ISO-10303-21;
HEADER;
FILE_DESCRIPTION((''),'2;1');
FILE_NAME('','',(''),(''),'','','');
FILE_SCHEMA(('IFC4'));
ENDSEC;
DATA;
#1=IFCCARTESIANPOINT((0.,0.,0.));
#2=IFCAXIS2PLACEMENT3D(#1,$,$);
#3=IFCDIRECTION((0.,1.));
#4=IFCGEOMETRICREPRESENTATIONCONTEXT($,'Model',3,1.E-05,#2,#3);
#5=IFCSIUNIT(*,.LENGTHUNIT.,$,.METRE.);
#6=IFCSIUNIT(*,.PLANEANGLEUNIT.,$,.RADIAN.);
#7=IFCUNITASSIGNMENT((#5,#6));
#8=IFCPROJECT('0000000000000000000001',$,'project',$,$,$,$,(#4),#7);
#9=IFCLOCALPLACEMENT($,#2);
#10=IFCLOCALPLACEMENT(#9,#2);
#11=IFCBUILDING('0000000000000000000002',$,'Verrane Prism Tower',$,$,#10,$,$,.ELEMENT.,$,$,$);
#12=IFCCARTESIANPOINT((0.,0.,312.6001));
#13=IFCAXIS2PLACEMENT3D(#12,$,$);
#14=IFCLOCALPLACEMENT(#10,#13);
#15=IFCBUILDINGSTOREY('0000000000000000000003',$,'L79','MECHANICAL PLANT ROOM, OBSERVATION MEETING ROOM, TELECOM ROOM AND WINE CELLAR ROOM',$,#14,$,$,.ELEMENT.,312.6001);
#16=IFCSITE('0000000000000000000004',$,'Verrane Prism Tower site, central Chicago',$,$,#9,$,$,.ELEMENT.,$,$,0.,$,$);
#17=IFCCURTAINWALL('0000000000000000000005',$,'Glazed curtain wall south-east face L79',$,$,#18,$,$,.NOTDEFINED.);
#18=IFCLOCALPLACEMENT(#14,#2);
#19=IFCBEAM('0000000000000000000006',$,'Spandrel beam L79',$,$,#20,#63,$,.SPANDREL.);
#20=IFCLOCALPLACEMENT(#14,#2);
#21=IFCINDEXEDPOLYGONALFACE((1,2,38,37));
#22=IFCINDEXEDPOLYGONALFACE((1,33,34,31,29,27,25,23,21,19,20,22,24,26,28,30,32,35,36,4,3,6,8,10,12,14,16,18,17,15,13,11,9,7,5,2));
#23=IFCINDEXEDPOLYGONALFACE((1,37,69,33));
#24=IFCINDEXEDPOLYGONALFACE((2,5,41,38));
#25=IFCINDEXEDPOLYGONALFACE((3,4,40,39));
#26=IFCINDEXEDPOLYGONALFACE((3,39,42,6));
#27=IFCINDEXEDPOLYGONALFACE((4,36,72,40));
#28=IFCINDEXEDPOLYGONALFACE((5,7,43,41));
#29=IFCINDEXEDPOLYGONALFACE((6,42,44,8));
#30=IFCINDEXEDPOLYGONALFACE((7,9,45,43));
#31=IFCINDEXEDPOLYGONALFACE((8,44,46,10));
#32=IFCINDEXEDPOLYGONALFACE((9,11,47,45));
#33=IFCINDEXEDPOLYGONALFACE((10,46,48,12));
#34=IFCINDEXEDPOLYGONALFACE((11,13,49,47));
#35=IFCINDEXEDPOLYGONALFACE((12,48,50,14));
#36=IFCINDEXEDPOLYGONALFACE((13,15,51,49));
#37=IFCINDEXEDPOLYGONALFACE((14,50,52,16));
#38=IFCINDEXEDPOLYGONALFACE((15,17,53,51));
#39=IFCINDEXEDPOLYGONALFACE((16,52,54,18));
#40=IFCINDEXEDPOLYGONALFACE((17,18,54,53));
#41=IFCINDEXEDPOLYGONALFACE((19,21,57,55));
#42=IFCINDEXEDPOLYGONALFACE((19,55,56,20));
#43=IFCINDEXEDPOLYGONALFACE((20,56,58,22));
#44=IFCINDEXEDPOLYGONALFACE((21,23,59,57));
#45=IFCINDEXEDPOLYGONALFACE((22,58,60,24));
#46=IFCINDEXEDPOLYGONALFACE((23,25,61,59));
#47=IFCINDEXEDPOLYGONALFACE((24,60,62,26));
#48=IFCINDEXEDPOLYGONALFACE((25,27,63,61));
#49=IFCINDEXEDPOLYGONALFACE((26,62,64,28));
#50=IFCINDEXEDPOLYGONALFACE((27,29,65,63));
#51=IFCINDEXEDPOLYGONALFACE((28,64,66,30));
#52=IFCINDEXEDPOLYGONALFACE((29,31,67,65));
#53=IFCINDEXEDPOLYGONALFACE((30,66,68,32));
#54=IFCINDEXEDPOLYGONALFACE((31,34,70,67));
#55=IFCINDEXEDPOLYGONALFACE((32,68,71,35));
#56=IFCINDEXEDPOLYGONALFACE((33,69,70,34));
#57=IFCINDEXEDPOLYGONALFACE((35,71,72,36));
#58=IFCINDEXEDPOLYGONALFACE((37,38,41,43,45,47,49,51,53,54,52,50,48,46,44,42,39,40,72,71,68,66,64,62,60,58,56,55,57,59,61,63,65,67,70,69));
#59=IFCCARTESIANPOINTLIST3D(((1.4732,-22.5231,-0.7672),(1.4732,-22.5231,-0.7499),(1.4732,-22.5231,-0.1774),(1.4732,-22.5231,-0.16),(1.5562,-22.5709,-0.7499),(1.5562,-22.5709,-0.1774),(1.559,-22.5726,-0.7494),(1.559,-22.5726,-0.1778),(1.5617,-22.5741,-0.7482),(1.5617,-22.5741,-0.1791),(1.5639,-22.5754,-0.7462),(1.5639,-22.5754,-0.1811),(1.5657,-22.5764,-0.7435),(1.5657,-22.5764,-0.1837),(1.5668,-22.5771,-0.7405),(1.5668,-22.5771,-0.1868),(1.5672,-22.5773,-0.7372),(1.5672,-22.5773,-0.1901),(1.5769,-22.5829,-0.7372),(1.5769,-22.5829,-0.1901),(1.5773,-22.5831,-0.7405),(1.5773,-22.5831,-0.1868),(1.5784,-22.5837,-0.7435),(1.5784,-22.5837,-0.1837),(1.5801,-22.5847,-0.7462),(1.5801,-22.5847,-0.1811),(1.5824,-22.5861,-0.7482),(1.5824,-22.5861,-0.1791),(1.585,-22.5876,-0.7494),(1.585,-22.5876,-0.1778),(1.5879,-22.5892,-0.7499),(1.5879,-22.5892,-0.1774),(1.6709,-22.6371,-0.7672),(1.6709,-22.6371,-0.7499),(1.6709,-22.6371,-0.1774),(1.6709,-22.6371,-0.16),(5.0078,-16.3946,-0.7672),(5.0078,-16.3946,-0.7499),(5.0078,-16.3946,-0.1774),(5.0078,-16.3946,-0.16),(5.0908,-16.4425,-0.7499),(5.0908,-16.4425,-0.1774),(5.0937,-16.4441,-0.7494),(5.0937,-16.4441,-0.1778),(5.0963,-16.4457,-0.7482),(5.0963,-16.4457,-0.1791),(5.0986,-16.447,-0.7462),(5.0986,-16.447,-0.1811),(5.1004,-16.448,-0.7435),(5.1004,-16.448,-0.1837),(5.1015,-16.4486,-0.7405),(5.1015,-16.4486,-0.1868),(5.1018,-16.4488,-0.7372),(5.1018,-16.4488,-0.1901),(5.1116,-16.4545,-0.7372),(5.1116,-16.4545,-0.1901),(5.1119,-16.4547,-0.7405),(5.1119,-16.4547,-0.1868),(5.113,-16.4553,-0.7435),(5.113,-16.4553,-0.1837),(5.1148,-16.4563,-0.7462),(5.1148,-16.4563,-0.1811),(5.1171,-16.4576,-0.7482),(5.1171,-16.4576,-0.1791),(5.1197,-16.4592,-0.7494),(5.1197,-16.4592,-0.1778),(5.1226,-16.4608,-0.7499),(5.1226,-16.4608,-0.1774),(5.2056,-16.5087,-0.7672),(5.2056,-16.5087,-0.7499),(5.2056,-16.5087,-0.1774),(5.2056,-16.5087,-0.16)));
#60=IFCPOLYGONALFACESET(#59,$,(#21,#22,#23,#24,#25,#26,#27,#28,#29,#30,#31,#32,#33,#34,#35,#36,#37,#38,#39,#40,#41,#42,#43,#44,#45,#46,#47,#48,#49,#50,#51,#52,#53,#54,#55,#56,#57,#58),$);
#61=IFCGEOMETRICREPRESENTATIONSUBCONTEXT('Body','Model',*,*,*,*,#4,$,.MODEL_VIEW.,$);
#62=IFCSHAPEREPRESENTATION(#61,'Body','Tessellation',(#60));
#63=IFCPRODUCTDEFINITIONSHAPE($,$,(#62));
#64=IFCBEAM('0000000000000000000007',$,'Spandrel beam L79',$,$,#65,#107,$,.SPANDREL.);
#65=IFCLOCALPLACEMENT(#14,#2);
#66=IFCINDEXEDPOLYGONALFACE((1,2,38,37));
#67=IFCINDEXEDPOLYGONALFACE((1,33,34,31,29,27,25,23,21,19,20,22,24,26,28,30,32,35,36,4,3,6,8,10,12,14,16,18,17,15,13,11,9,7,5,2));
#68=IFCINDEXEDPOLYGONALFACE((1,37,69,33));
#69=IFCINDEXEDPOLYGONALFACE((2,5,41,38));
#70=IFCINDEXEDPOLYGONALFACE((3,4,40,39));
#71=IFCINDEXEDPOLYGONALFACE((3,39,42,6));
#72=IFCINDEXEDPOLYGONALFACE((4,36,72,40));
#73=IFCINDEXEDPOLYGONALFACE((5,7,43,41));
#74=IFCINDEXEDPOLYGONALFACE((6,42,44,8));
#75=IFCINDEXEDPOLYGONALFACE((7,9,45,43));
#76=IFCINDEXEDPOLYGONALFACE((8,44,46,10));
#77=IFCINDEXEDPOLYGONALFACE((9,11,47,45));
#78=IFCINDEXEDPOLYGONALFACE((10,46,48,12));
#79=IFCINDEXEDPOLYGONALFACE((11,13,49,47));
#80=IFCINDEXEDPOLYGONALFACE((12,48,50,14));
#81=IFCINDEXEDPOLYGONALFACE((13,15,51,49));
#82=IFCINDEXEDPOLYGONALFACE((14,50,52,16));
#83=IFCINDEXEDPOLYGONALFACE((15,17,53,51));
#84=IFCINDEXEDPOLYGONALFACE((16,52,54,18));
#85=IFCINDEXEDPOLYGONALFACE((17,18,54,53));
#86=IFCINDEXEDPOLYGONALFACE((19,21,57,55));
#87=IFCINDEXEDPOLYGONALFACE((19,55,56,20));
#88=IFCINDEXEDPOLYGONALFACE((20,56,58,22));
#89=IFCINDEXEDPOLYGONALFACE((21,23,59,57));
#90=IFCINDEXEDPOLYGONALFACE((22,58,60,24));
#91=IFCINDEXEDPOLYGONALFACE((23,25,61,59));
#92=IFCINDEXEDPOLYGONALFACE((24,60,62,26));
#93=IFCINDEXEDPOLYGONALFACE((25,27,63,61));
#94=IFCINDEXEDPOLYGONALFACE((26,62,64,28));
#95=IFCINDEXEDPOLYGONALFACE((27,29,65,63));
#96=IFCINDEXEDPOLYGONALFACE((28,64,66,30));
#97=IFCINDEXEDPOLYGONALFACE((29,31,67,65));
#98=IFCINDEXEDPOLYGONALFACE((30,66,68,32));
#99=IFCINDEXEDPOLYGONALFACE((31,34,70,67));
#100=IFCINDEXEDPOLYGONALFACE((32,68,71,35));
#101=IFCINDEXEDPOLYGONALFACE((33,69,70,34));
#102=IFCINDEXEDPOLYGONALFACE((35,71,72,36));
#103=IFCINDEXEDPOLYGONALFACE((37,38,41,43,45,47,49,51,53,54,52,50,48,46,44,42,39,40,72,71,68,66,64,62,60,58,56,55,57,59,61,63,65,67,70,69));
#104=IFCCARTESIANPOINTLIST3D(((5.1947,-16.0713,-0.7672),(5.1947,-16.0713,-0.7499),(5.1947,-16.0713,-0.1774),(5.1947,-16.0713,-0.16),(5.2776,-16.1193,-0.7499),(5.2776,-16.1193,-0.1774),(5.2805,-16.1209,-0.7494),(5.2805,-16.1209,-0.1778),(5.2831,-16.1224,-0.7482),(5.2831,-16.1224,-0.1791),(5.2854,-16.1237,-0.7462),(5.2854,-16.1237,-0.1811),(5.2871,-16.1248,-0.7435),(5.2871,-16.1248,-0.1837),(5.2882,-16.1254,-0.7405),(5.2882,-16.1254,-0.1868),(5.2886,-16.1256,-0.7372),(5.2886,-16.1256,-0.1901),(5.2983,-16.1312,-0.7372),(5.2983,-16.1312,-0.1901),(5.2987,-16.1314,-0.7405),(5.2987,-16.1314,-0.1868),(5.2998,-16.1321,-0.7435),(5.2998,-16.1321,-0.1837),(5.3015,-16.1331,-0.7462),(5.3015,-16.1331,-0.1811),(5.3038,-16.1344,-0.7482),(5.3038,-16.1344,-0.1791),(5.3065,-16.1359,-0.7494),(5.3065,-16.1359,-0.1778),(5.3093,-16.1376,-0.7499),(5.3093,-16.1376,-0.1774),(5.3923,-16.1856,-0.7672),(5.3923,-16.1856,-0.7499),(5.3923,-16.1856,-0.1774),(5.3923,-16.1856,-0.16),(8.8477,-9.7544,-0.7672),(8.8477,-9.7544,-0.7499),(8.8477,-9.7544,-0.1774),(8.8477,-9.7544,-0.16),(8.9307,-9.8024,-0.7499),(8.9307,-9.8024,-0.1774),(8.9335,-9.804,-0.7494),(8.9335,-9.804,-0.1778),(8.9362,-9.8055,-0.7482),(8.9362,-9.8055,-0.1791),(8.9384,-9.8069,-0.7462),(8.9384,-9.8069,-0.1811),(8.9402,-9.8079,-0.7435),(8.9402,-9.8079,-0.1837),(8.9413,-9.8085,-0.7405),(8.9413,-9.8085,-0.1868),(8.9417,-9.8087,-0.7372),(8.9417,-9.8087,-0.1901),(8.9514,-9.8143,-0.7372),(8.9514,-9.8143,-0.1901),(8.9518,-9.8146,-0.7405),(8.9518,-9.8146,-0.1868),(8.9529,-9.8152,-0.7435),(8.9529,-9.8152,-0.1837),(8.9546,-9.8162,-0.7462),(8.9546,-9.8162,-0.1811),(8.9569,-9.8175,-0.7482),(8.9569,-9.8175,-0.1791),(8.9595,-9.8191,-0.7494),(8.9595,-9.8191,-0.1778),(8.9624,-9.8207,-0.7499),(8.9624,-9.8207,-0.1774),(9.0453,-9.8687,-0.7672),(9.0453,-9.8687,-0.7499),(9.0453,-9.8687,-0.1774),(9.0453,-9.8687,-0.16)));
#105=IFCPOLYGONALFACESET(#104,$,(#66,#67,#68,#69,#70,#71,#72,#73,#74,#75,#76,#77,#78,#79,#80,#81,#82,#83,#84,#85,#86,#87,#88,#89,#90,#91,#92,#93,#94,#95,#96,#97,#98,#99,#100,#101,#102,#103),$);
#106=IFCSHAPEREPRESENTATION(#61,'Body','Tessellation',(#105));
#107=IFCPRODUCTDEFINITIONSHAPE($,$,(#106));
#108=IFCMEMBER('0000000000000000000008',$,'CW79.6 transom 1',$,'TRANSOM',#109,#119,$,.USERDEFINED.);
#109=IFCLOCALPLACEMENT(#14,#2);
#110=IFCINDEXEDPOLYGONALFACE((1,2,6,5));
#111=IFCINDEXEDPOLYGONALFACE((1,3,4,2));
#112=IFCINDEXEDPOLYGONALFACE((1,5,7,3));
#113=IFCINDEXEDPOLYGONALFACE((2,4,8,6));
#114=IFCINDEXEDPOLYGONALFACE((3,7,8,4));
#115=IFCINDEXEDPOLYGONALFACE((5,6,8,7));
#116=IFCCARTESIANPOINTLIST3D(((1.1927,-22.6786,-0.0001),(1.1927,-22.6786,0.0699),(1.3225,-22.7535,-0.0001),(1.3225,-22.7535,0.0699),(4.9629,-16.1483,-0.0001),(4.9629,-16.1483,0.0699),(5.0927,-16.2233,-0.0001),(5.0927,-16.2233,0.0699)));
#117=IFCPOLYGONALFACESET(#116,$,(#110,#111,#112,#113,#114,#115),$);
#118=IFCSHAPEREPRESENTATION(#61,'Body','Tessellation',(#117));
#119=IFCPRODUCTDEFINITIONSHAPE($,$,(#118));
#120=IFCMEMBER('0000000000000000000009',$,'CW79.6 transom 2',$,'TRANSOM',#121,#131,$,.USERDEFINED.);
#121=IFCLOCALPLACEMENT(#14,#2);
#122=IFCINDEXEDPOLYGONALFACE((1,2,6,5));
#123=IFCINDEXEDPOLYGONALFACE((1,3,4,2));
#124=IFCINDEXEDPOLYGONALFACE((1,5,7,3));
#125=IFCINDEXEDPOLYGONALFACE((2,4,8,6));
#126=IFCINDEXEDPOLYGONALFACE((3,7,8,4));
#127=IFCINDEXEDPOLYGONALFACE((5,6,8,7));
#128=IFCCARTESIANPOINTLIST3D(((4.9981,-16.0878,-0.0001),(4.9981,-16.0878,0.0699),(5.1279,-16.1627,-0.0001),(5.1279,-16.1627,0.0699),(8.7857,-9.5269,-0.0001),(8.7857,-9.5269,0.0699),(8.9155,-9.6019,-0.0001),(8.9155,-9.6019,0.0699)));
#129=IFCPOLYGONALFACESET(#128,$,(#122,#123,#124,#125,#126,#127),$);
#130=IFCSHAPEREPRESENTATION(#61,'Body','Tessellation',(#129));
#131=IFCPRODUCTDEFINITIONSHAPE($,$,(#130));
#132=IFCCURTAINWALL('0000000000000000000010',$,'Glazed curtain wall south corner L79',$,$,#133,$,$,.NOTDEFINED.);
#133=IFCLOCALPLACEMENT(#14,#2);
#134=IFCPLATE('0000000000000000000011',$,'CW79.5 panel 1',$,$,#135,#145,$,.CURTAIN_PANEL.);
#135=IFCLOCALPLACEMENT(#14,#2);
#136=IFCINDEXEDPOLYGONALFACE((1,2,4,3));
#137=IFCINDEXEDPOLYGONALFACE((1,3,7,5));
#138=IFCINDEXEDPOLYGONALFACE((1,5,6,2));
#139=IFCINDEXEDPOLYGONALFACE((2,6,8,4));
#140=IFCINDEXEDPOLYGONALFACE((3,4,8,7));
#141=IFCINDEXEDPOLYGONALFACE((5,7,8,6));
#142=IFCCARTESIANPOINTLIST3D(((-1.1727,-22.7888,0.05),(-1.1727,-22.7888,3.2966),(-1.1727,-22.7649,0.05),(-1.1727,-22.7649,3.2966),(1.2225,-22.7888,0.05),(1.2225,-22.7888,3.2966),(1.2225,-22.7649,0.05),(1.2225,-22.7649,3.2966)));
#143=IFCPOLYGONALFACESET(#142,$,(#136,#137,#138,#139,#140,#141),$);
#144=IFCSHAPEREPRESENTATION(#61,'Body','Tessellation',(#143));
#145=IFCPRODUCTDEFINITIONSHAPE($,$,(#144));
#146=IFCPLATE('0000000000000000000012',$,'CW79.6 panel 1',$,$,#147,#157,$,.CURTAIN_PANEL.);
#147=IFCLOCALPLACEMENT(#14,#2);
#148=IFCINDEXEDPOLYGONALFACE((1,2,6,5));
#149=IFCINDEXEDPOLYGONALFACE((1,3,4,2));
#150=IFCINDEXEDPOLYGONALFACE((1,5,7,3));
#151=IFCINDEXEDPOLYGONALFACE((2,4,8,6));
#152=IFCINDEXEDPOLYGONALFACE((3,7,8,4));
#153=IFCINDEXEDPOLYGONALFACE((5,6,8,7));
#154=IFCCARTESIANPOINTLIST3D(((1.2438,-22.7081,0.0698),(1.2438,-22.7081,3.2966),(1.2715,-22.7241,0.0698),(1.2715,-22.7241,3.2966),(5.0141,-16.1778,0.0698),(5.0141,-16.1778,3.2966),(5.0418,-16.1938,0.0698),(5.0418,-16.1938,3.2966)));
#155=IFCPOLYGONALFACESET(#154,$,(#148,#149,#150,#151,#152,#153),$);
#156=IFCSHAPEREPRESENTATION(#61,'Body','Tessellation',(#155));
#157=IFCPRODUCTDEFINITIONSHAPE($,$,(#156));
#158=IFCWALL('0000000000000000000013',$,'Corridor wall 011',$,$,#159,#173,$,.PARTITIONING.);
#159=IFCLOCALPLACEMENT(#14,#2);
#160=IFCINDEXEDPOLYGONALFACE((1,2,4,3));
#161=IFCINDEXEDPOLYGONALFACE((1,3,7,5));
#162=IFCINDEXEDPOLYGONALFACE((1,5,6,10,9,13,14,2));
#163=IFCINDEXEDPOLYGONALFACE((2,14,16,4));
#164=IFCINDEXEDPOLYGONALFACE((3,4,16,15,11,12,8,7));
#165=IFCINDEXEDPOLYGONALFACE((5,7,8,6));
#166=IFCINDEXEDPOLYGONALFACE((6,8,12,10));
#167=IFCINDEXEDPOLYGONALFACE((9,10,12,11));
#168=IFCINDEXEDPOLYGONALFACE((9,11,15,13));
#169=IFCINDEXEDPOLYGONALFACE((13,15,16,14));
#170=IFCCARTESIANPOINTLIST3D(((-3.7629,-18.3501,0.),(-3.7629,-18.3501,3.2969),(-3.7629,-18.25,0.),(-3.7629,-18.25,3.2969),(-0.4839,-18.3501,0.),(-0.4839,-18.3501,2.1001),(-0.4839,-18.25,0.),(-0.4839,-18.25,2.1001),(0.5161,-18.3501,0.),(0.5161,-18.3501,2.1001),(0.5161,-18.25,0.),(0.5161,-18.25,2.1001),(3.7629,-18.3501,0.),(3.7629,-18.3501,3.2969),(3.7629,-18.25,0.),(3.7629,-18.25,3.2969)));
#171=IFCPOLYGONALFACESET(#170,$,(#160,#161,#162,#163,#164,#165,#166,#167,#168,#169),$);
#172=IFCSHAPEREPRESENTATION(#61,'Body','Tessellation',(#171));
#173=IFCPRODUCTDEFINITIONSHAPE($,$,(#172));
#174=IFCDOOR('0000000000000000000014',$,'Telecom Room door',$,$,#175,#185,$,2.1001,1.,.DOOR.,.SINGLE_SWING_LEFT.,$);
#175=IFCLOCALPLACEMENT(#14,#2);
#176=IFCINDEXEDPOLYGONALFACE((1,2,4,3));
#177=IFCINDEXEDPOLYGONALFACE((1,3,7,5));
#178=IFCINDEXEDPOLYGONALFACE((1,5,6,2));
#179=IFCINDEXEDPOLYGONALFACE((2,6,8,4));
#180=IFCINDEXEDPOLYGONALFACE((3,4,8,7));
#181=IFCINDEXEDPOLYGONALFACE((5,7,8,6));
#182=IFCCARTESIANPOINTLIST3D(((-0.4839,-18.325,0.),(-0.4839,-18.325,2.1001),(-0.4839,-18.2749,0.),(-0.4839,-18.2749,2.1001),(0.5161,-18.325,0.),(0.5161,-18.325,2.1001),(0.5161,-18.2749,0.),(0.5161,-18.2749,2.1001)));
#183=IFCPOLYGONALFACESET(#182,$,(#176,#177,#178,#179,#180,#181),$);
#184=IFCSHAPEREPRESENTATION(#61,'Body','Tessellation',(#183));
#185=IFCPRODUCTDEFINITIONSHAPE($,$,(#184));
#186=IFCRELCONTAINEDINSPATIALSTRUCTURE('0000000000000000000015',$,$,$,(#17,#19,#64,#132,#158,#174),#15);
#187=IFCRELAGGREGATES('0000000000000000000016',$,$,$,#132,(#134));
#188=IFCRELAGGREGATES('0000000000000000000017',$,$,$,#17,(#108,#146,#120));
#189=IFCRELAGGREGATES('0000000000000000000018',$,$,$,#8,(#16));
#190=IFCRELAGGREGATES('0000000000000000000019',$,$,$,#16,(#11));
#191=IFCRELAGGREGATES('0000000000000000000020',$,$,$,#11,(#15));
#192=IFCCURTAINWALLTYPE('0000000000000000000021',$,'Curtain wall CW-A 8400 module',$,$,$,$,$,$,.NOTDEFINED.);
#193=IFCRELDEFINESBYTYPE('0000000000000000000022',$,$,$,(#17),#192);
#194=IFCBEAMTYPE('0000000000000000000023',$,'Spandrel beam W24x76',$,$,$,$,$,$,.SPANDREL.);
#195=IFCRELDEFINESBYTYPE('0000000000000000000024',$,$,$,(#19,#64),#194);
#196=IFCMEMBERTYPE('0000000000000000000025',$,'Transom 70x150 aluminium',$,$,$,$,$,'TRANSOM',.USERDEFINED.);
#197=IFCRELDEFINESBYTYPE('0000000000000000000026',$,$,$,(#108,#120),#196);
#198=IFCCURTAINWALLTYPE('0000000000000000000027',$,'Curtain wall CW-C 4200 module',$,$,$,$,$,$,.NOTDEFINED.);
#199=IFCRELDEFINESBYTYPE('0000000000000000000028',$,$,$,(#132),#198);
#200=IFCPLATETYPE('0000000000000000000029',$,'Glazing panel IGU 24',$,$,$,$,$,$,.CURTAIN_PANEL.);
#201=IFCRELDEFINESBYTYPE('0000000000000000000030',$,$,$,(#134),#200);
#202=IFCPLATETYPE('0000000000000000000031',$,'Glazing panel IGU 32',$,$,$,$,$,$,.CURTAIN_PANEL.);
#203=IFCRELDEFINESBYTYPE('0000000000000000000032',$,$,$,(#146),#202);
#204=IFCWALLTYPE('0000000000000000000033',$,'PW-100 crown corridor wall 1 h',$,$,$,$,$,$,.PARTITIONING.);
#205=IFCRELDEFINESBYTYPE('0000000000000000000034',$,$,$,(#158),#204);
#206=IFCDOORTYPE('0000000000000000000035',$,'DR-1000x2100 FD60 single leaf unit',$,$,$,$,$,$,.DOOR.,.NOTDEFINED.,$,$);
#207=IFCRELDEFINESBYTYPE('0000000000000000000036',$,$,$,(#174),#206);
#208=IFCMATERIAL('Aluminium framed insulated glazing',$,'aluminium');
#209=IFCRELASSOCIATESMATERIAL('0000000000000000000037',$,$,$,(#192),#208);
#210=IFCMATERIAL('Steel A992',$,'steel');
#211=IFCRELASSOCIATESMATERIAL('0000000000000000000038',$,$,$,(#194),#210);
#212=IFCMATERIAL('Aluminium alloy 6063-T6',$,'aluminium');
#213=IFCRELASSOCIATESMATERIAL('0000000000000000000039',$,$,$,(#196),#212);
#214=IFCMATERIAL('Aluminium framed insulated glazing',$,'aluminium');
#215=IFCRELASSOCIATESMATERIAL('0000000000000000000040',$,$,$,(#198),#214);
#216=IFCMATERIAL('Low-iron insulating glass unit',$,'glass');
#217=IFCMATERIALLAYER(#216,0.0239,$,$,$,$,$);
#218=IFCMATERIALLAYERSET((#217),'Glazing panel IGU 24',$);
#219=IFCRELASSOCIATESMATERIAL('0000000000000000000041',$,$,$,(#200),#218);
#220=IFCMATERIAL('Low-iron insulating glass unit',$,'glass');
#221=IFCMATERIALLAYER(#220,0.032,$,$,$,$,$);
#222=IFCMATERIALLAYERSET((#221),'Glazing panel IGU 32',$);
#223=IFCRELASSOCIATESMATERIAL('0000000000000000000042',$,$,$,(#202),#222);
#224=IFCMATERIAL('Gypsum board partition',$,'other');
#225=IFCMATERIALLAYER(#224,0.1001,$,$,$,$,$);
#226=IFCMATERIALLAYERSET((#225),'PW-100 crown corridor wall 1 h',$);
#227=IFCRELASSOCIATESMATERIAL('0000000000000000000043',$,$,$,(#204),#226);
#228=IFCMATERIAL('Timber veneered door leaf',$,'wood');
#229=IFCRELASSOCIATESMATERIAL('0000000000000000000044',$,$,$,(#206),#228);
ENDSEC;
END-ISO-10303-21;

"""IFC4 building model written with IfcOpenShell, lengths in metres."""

from ifc_helpers import new_model, si_unit, direction, frame, frame_2d, origin, origin_2d, place, context, subcontext, project, spatial, rectangle, i_section, extrude, material, layer, layer_set, material_profile, profile_set, type_object, element, fill, aggregate, save


model = new_model("IFC4")

# Units and contexts
model_context = context("Model", 3, precision=1e-05, world=origin(), true_north=direction((0.0, 1.0)))
body_context = subcontext(model_context, "Body", "Model", "MODEL_VIEW")
ifc_project = project(units=[si_unit("LENGTHUNIT", "METRE"), si_unit("PLANEANGLEUNIT", "RADIAN")], contexts=[model_context])

# Site, building, storey
site_placement = place(None, origin())
site = spatial("IfcSite", under=ifc_project, at=site_placement, Name="Verrane Prism Tower site, central Chicago", CompositionType="ELEMENT", RefElevation=0.0)
building_placement = place(site_placement, origin())
building = spatial("IfcBuilding", under=site, at=building_placement, Name="Verrane Prism Tower", CompositionType="ELEMENT")
storey_placement = place(building_placement, frame((0.0, 0.0, 312.6001)))
storey = spatial("IfcBuildingStorey", under=building, at=storey_placement, Name="L79", Description="MECHANICAL PLANT ROOM, OBSERVATION MEETING ROOM, TELECOM ROOM AND WINE CELLAR ROOM", CompositionType="ELEMENT", Elevation=312.6001)

# Curtain wall
ifc_material_1 = material(Name="Aluminium framed insulated glazing", Category="aluminium")
curtain_wall_type_1 = type_object("IfcCurtainWallType", Name="Curtain wall CW-A 8400 module", PredefinedType="NOTDEFINED", material=ifc_material_1)
curtain_wall_1_placement = place(storey_placement, origin())
curtain_wall_1 = element("IfcCurtainWall", 1, at=curtain_wall_1_placement, inside=storey, type_object=curtain_wall_type_1, Name="Glazed curtain wall south-east face L79", PredefinedType="NOTDEFINED")

# Beams
ifc_material_2 = material(Name="Steel A992", Category="steel")
ifc_material_profile_1 = material_profile(ifc_material_2, i_section(OverallWidth=0.2283, OverallDepth=0.6072, WebThickness=0.0112, FlangeThickness=0.0173, FilletRadius=0.0127, at=origin_2d()), Name="W24x76")
ifc_profile_set_1 = profile_set([ifc_material_profile_1], Name="Steel A992")
beam_type_1 = type_object("IfcBeamType", Name="Spandrel beam W24x76", PredefinedType="SPANDREL", material=ifc_profile_set_1)
beam_1_placement = place(storey_placement, frame((1.572, -22.5801, -0.4636), z_axis=(0.499621, 0.866244, 0.0), x_axis=(-0.866244, 0.499621, 0.0)))
element("IfcBeam", 2, at=beam_1_placement, inside=storey, type_object=beam_type_1, Name="Spandrel beam L79", PredefinedType="SPANDREL", context=body_context, shape_type="SweptSolid", body=[
    extrude(i_section(OverallWidth=0.2283, OverallDepth=0.6072, WebThickness=0.0112, FlangeThickness=0.0173, FilletRadius=0.0127, at=origin_2d()), origin(), (0.0, 0.0, 1.0), 7.0747),
])
beam_2_placement = place(storey_placement, frame((5.2935, -16.1284, -0.4636), z_axis=(0.500618, 0.865668, 0.0), x_axis=(-0.865668, 0.500618, 0.0)))
element("IfcBeam", 3, at=beam_2_placement, inside=storey, type_object=beam_type_1, Name="Spandrel beam L79", PredefinedType="SPANDREL", context=body_context, shape_type="SweptSolid", body=[
    extrude(i_section(OverallWidth=0.2283, OverallDepth=0.6072, WebThickness=0.0112, FlangeThickness=0.0173, FilletRadius=0.0127, at=origin_2d()), origin(), (0.0, 0.0, 1.0), 7.2971),
])

# Members
ifc_material_3 = material(Name="Aluminium alloy 6063-T6", Category="aluminium")
ifc_material_profile_2 = material_profile(ifc_material_3, rectangle(XDim=0.1499, YDim=0.0701, at=origin_2d()), Name="Transom 70x150 aluminium")
ifc_profile_set_2 = profile_set([ifc_material_profile_2], Name="Aluminium alloy 6063-T6")
member_type_1 = type_object("IfcMemberType", Name="Transom 70x150 aluminium", ElementType="TRANSOM", PredefinedType="USERDEFINED", material=ifc_profile_set_2)
member_1_placement = place(storey_placement, frame((1.2576, -22.7161, 0.0349), z_axis=(0.500001, 0.866025, 0.0), x_axis=(-0.866025, 0.500001, 0.0)))
member_1 = element("IfcMember", 4, at=member_1_placement, type_object=member_type_1, Name="CW79.6 transom 1", ObjectType="TRANSOM", PredefinedType="USERDEFINED", context=body_context, shape_type="SweptSolid", body=[
    extrude(rectangle(XDim=0.1499, YDim=0.0701, at=origin_2d()), origin(), (0.0, 0.0, 1.0), 7.5405),
])
member_2_placement = place(storey_placement, frame((5.063, -16.1252, 0.0349), z_axis=(0.499973, 0.866041, 0.0), x_axis=(-0.866041, 0.499973, 0.0)))
member_2 = element("IfcMember", 5, at=member_2_placement, type_object=member_type_1, Name="CW79.6 transom 2", ObjectType="TRANSOM", PredefinedType="USERDEFINED", context=body_context, shape_type="SweptSolid", body=[
    extrude(rectangle(XDim=0.1499, YDim=0.0701, at=origin_2d()), origin(), (0.0, 0.0, 1.0), 7.5757),
])

# Curtain wall, plate
ifc_material_4 = material(Name="Aluminium framed insulated glazing", Category="aluminium")
curtain_wall_type_2 = type_object("IfcCurtainWallType", Name="Curtain wall CW-C 4200 module", PredefinedType="NOTDEFINED", material=ifc_material_4)
curtain_wall_2_placement = place(storey_placement, origin())
curtain_wall_2 = element("IfcCurtainWall", 6, at=curtain_wall_2_placement, inside=storey, type_object=curtain_wall_type_2, Name="Glazed curtain wall south corner L79", PredefinedType="NOTDEFINED")
ifc_material_5 = material(Name="Low-iron insulating glass unit", Category="glass")
ifc_layer_1 = layer(ifc_material_5, 0.0239)
ifc_layer_set_1 = layer_set([ifc_layer_1], Name="Glazing panel IGU 24")
plate_type_1 = type_object("IfcPlateType", Name="Glazing panel IGU 24", PredefinedType="CURTAIN_PANEL", material=ifc_layer_set_1)
plate_1_placement = place(storey_placement, frame((0.0249, -22.7769, 0.05), z_axis=(0.0, 0.0, 1.0), x_axis=(1.0, 0.0, 0.0)))
plate_1 = element("IfcPlate", 7, at=plate_1_placement, type_object=plate_type_1, Name="CW79.5 panel 1", PredefinedType="CURTAIN_PANEL", context=body_context, shape_type="SweptSolid", body=[
    extrude(rectangle(XDim=2.3953, YDim=0.0239, at=origin_2d()), origin(), (0.0, 0.0, 1.0), 3.2466),
])
aggregate(curtain_wall_2, [plate_1])

# Plate
ifc_material_6 = material(Name="Low-iron insulating glass unit", Category="glass")
ifc_layer_2 = layer(ifc_material_6, 0.032)
ifc_layer_set_2 = layer_set([ifc_layer_2], Name="Glazing panel IGU 32")
plate_type_2 = type_object("IfcPlateType", Name="Glazing panel IGU 32", PredefinedType="CURTAIN_PANEL", material=ifc_layer_set_2)
plate_2_placement = place(storey_placement, frame((3.1428, -19.4509, 0.0698), z_axis=(0.0, 0.0, 1.0), x_axis=(0.5, 0.866025, 0.0)))
plate_2 = element("IfcPlate", 8, at=plate_2_placement, type_object=plate_type_2, Name="CW79.6 panel 1", PredefinedType="CURTAIN_PANEL", context=body_context, shape_type="SweptSolid", body=[
    extrude(rectangle(XDim=7.5405, YDim=0.032, at=origin_2d()), origin(), (0.0, 0.0, 1.0), 3.2268),
])
aggregate(curtain_wall_1, [member_1, plate_2, member_2])

# Wall, opening, door
ifc_material_7 = material(Name="Gypsum board partition", Category="other")
ifc_layer_3 = layer(ifc_material_7, 0.1001)
ifc_layer_set_3 = layer_set([ifc_layer_3], Name="PW-100 crown corridor wall 1 h")
wall_type = type_object("IfcWallType", Name="PW-100 crown corridor wall 1 h", PredefinedType="PARTITIONING", material=ifc_layer_set_3)
wall_placement = place(storey_placement, frame((3.7629, -18.3, 0.0), z_axis=(0.0, 0.0, 1.0), x_axis=(-1.0, 0.0, 0.0)))
wall = element("IfcWall", 9, at=wall_placement, inside=storey, type_object=wall_type, Name="Corridor wall 011", PredefinedType="PARTITIONING", context=body_context, shape_type="SweptSolid", body=[
    extrude(rectangle(XDim=7.5259, YDim=0.1001, at=frame_2d((3.7629, 0.0))), origin(), (0.0, 0.0, 1.0), 3.2969),
])
opening_placement = place(wall_placement, frame((3.2468, 0.0, 0.0)))
opening = element("IfcOpeningElement", 10, at=opening_placement, cuts=wall, PredefinedType="OPENING", context=body_context, shape_type="SweptSolid", body=[
    extrude(rectangle(XDim=1.0, YDim=2.1001, at=frame_2d((0.5, 1.05))), frame((0.0, 0.0601, 0.0), z_axis=(0.0, -1.0, 0.0), x_axis=(1.0, 0.0, 0.0)), (0.0, 0.0, 1.0), 0.1201),
])
ifc_material_8 = material(Name="Timber veneered door leaf", Category="wood")
door_type = type_object("IfcDoorType", Name="DR-1000x2100 FD60 single leaf unit", OperationType="NOTDEFINED", PredefinedType="DOOR", material=ifc_material_8)
door_placement = place(opening_placement, origin())
door = element("IfcDoor", 11, at=door_placement, inside=storey, type_object=door_type, Name="Telecom Room door", OperationType="SINGLE_SWING_LEFT", OverallHeight=2.1001, OverallWidth=1.0, PredefinedType="DOOR", context=body_context, shape_type="SweptSolid", body=[
    extrude(rectangle(XDim=1.0, YDim=2.1001, at=frame_2d((0.5, 1.05))), frame((0.0, 0.0249, 0.0), z_axis=(0.0, -1.0, 0.0), x_axis=(1.0, 0.0, 0.0)), (0.0, 0.0, 1.0), 0.05),
])
fill(opening, door)

save(model, "model.ifc")
